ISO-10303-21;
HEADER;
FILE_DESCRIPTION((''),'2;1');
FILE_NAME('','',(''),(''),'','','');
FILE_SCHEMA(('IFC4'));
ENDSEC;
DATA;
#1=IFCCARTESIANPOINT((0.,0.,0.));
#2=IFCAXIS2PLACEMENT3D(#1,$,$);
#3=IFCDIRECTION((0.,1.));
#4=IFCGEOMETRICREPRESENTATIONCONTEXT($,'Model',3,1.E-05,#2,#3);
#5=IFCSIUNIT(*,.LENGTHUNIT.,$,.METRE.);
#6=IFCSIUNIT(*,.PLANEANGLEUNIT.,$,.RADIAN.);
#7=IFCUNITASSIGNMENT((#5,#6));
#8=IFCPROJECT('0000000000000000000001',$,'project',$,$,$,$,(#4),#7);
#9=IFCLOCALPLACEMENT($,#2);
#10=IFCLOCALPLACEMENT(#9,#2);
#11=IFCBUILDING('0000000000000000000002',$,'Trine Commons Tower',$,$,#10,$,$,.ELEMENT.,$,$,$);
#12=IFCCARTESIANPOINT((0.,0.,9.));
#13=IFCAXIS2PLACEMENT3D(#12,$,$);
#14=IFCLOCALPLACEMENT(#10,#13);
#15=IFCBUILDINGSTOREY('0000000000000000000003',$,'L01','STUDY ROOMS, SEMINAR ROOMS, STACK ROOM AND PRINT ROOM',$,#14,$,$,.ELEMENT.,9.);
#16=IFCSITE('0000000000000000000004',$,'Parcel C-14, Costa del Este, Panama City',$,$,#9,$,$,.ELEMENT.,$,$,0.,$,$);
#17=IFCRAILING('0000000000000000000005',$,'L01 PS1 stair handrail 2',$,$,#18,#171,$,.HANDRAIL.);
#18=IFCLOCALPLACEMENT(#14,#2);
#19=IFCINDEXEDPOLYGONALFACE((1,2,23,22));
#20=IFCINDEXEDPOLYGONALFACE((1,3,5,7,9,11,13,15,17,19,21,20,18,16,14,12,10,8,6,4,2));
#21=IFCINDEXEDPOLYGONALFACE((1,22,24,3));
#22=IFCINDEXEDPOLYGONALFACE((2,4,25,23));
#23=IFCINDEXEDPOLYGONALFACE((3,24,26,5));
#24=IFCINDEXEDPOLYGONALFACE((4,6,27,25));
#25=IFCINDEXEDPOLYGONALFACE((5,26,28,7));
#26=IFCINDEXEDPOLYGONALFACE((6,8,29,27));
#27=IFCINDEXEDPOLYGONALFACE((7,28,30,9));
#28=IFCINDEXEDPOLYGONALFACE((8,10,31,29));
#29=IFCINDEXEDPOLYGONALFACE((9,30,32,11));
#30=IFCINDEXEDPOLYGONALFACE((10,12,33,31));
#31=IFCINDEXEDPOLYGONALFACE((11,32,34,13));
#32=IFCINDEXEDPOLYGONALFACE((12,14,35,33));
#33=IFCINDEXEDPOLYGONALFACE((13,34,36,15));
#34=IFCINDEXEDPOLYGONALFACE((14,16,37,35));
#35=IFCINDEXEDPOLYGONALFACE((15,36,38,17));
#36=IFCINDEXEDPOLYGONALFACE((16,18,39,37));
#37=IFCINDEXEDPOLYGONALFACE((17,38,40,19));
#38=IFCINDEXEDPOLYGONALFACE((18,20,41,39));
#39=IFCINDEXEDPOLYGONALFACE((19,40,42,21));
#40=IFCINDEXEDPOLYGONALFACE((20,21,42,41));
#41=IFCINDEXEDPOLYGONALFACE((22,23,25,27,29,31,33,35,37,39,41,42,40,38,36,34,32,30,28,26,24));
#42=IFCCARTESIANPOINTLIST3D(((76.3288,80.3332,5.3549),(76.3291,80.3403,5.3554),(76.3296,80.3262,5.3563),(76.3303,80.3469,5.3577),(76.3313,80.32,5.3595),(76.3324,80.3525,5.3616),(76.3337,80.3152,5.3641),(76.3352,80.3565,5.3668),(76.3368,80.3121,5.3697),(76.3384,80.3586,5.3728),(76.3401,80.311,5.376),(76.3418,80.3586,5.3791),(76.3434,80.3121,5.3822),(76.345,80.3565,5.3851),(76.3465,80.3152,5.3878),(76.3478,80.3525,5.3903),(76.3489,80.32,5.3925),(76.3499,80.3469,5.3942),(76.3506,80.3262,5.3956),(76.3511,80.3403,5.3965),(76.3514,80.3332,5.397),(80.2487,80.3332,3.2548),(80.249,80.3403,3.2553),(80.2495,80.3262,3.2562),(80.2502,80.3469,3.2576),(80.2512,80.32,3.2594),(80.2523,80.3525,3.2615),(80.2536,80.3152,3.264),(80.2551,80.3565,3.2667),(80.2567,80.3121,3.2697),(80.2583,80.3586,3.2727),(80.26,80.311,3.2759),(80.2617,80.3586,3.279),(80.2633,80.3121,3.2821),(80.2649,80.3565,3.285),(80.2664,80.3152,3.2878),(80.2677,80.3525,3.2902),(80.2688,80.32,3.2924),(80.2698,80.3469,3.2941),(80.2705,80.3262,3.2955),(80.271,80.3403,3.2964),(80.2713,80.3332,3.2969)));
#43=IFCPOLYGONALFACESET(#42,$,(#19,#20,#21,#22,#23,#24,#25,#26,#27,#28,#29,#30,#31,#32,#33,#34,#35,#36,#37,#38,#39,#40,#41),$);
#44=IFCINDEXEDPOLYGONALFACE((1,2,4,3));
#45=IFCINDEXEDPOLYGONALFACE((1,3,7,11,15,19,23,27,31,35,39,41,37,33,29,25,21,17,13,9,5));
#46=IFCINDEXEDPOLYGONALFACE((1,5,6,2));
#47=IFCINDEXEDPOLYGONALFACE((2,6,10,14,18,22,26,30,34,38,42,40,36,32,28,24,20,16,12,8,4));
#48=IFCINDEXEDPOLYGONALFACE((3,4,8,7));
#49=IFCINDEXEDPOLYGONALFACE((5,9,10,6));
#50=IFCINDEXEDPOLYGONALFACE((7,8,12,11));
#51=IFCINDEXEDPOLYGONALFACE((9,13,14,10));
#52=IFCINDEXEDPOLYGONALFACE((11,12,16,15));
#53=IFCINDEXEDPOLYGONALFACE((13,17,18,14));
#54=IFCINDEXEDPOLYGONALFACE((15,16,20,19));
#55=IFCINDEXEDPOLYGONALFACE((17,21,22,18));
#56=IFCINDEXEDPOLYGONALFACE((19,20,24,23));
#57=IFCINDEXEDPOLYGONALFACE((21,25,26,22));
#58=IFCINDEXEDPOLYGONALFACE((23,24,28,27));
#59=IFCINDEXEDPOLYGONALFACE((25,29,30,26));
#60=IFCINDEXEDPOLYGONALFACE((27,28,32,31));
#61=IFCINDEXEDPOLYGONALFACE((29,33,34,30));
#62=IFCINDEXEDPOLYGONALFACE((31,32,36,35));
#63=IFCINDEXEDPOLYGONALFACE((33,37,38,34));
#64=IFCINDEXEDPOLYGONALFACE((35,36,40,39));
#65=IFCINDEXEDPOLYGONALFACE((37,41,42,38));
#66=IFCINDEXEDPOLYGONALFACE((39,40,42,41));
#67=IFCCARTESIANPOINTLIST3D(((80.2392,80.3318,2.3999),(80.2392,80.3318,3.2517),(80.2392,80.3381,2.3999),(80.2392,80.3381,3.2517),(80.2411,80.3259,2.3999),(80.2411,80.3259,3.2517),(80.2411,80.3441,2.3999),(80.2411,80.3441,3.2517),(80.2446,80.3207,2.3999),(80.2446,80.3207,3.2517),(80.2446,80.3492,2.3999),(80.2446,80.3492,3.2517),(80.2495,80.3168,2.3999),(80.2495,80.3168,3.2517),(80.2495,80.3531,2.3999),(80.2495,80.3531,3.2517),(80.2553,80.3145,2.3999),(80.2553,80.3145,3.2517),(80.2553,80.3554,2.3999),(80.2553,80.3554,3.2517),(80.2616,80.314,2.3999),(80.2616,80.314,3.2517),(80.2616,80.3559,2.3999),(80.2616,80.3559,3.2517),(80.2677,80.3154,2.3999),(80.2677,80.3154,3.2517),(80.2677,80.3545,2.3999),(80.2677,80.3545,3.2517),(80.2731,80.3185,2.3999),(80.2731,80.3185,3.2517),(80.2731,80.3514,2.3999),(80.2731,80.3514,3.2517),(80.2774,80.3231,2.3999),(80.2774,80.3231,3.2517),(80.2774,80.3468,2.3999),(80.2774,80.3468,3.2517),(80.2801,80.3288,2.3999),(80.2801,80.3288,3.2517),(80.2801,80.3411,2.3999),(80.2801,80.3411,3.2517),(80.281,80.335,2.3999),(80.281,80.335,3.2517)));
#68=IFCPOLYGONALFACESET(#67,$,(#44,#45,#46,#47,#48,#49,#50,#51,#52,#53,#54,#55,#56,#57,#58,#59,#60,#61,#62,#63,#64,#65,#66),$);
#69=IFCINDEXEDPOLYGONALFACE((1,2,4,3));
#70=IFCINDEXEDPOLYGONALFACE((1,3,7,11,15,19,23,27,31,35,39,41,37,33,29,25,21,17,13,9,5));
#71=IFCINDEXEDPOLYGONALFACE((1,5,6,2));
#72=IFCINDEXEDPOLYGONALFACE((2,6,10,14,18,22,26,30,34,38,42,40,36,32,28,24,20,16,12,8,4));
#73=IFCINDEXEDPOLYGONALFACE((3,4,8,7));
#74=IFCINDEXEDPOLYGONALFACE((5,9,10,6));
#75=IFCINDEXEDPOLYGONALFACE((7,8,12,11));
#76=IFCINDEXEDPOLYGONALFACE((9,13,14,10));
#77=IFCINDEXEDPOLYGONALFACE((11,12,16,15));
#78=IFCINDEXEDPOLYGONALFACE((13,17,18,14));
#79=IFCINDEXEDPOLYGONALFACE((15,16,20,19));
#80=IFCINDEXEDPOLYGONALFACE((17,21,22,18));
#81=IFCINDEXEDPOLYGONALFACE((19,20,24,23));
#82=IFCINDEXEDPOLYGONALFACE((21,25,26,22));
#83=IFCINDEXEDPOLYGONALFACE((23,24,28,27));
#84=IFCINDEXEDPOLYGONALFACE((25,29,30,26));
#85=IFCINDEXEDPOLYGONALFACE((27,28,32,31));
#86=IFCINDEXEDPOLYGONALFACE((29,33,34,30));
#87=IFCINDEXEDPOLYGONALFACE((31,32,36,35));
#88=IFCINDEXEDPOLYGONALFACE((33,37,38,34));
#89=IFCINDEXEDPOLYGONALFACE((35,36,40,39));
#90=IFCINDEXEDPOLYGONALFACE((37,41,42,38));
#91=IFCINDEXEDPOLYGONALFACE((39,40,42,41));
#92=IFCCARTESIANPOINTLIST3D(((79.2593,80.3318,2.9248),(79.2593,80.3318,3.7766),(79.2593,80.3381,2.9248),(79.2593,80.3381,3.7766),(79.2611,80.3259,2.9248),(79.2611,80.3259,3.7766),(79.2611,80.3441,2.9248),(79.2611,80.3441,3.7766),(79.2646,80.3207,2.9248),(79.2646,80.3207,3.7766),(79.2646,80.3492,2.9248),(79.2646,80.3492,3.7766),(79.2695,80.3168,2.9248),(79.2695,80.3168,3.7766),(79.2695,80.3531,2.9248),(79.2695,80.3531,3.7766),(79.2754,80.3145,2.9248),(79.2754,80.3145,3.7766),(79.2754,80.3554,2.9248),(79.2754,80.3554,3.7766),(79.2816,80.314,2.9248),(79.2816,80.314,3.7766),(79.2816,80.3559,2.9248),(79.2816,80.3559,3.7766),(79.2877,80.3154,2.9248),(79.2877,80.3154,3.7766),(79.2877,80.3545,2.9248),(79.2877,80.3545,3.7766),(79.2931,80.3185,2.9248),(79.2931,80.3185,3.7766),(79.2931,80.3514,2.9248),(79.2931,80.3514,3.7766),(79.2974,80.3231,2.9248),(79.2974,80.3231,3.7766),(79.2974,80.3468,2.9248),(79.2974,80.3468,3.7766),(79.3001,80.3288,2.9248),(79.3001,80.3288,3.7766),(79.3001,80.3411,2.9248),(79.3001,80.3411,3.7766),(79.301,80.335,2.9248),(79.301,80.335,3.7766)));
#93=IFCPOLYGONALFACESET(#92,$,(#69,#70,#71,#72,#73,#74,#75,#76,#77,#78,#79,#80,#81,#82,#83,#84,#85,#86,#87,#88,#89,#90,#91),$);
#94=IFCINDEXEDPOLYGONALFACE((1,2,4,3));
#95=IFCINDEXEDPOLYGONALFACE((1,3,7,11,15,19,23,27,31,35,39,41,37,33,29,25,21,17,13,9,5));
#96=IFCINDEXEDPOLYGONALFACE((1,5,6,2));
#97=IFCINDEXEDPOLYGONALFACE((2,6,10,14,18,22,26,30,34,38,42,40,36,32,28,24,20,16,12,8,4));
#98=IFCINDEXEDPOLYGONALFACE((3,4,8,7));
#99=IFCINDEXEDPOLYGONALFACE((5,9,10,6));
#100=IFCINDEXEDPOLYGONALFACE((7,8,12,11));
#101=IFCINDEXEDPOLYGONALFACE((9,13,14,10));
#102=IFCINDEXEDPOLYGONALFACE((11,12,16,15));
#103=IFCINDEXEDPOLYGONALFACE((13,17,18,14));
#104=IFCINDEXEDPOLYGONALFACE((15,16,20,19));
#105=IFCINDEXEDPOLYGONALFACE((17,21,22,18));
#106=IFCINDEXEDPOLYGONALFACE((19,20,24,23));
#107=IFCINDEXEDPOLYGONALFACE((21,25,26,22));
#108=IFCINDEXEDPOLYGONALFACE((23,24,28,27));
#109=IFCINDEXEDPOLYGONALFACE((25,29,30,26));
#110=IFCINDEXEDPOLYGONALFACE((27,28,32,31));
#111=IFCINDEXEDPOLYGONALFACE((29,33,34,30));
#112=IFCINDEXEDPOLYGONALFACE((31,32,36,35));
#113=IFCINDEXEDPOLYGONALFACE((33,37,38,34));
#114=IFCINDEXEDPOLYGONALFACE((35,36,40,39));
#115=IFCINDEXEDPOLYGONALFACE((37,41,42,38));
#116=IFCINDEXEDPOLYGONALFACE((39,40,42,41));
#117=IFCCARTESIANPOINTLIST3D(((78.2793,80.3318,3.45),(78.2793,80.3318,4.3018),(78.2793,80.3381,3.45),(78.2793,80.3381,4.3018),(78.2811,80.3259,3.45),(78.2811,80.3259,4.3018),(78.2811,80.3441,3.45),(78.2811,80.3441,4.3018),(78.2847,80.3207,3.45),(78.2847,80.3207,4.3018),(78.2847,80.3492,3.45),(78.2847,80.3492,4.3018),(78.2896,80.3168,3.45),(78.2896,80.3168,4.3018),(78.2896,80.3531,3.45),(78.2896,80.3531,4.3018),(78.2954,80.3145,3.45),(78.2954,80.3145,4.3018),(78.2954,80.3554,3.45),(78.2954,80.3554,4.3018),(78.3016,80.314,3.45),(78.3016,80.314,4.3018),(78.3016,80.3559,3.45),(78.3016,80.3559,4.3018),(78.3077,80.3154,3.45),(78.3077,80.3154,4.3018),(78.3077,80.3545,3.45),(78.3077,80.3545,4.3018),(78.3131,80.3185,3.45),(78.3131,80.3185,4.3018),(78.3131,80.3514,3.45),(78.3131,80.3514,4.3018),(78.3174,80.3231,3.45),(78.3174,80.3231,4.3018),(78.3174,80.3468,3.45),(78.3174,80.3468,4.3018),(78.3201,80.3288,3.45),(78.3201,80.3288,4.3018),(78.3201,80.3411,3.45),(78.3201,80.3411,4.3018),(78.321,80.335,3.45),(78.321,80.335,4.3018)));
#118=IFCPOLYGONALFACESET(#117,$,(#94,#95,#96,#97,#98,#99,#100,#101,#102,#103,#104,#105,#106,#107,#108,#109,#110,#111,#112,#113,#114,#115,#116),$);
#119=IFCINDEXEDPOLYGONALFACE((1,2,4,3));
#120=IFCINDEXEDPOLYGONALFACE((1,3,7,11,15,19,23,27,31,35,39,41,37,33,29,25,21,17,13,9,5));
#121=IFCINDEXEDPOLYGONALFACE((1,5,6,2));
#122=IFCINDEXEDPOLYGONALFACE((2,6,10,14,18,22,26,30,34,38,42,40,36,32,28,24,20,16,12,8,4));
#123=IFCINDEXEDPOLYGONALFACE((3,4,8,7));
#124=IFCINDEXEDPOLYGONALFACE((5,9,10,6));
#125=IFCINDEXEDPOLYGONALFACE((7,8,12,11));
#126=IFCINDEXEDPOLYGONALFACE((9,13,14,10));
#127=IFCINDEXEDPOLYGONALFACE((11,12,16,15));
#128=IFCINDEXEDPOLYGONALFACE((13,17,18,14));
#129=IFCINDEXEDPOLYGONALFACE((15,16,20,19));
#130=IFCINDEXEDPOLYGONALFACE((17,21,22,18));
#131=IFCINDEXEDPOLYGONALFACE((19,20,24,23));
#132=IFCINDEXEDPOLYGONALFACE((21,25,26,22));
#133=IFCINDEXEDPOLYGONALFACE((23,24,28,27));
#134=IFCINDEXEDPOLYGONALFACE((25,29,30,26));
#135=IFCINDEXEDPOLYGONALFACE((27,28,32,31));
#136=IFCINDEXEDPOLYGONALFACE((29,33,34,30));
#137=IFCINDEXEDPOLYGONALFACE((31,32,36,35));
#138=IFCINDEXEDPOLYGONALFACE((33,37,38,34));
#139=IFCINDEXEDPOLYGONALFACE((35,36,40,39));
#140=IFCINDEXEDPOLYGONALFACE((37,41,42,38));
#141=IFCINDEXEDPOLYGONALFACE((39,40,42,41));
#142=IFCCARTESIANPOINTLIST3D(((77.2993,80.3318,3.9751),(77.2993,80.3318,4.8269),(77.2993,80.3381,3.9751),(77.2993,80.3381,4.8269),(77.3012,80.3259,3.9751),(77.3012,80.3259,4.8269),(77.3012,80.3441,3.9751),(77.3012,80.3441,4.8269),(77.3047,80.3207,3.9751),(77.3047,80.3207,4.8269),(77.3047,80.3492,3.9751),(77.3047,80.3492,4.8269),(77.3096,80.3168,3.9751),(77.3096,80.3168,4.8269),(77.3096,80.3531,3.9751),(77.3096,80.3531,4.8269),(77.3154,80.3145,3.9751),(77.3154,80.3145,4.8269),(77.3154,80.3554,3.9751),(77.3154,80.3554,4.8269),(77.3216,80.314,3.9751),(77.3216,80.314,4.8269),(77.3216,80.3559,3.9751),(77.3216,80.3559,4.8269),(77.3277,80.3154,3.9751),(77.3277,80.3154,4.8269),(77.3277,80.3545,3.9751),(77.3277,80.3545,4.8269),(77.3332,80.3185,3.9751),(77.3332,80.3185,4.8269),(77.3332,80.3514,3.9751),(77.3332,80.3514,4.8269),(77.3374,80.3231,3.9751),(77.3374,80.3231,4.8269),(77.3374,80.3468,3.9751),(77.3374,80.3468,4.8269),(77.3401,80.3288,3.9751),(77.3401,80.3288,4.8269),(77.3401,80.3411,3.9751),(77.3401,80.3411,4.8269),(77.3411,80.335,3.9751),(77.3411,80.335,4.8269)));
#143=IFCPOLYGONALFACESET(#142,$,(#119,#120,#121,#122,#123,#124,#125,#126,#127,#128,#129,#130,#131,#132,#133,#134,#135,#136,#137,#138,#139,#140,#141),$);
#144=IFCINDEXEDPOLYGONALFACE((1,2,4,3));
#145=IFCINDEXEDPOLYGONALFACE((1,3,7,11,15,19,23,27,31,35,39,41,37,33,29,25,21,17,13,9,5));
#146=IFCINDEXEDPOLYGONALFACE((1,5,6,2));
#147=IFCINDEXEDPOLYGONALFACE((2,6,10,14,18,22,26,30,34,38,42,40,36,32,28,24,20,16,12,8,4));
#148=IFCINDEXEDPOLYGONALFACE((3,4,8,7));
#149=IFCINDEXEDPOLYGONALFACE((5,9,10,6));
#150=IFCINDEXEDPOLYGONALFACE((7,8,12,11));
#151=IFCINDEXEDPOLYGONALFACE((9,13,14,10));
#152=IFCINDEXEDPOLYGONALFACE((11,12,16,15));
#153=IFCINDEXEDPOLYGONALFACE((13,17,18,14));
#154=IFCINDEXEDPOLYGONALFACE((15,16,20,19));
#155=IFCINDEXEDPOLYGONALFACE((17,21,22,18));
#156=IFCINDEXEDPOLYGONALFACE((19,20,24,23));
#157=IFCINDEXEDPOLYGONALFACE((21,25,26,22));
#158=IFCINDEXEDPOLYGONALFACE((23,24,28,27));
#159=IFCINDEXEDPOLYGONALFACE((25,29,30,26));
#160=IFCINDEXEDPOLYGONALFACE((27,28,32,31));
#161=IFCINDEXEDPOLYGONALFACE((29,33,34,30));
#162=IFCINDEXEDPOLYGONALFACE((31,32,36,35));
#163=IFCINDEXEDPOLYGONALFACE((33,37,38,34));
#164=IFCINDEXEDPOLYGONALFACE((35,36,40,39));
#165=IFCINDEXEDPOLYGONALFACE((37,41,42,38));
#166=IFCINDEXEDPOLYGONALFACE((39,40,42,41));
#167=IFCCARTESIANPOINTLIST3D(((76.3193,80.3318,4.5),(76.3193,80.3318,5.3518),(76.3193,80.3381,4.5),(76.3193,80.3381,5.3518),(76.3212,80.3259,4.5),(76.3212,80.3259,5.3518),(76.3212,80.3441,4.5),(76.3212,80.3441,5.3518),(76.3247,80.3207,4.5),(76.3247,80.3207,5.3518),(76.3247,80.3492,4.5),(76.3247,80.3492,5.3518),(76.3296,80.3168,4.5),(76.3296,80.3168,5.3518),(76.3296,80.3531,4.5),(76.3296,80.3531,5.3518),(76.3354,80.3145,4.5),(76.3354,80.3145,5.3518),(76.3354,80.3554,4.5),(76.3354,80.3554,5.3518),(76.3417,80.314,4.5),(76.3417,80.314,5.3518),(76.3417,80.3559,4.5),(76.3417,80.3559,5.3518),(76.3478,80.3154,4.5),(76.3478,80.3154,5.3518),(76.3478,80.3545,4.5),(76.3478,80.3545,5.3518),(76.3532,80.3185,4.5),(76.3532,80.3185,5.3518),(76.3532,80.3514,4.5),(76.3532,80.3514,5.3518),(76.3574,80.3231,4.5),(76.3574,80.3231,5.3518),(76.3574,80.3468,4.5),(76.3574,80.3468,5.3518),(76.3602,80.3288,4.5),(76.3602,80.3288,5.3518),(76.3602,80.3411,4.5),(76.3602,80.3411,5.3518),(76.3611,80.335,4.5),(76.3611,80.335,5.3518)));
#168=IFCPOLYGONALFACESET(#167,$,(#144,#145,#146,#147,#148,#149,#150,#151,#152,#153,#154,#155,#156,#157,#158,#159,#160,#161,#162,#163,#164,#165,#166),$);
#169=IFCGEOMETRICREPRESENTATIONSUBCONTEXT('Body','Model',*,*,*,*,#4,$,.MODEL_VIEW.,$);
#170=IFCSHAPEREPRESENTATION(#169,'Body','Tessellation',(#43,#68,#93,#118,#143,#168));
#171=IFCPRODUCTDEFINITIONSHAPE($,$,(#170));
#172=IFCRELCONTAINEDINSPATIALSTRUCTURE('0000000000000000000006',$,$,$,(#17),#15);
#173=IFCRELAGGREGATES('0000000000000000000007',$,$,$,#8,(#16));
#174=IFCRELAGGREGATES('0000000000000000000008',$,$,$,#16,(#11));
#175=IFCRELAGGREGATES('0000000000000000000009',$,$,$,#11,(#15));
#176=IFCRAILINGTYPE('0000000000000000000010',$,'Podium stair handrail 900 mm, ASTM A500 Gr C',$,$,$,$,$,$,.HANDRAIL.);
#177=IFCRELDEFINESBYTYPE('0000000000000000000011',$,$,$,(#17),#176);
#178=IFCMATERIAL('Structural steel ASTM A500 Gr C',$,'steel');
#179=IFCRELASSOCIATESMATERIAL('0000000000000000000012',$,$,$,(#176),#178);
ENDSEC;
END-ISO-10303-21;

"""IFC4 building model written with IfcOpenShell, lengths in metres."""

from ifc_helpers import new_model, si_unit, direction, frame, origin, origin_2d, place, context, subcontext, project, spatial, circle, extrude, material, type_object, element, save


model = new_model("IFC4")

# Units and contexts
model_context = context("Model", 3, precision=1e-05, world=origin(), true_north=direction((0.0, 1.0)))
body_context = subcontext(model_context, "Body", "Model", "MODEL_VIEW")
ifc_project = project(units=[si_unit("LENGTHUNIT", "METRE"), si_unit("PLANEANGLEUNIT", "RADIAN")], contexts=[model_context])

# Site, building, storey
site_placement = place(None, origin())
site = spatial("IfcSite", under=ifc_project, at=site_placement, Name="Parcel C-14, Costa del Este, Panama City", CompositionType="ELEMENT", RefElevation=0.0)
building_placement = place(site_placement, origin())
building = spatial("IfcBuilding", under=site, at=building_placement, Name="Trine Commons Tower", CompositionType="ELEMENT")
storey_placement = place(building_placement, frame((0.0, 0.0, 9.0)))
storey = spatial("IfcBuildingStorey", under=building, at=storey_placement, Name="L01", Description="STUDY ROOMS, SEMINAR ROOMS, STACK ROOM AND PRINT ROOM", CompositionType="ELEMENT", Elevation=9.0)

# Railing
ifc_material_1 = material(Name="Structural steel ASTM A500 Gr C", Category="steel")
railing_type_1 = type_object("IfcRailingType", Name="Podium stair handrail 900 mm, ASTM A500 Gr C", PredefinedType="HANDRAIL", material=ifc_material_1)
railing_1_placement = place(storey_placement, frame((80.26, 80.335, 2.3999)))
element("IfcRailing", 1, at=railing_1_placement, inside=storey, type_object=railing_type_1, Name="L01 PS1 stair handrail 2", PredefinedType="HANDRAIL", context=body_context, shape_type="SweptSolid", body=[
    extrude(circle(Radius=0.0239, at=origin_2d()), frame((0.0, 0.0, 0.876), z_axis=(-0.881467, 0.0, 0.472246), x_axis=(0.0, -1.0, 0.0)), (0.0, 0.0, 1.0), 4.447),
    extrude(circle(Radius=0.021, at=origin_2d()), origin(), (0.0, 0.0, 1.0), 0.8518),
    extrude(circle(Radius=0.021, at=origin_2d()), frame((-0.98, 0.0, 0.5249)), (0.0, 0.0, 1.0), 0.8518),
    extrude(circle(Radius=0.021, at=origin_2d()), frame((-1.96, 0.0, 1.05)), (0.0, 0.0, 1.0), 0.8518),
    extrude(circle(Radius=0.021, at=origin_2d()), frame((-2.9399, 0.0, 1.5752)), (0.0, 0.0, 1.0), 0.8518),
    extrude(circle(Radius=0.021, at=origin_2d()), frame((-3.9199, 0.0, 2.1001)), (0.0, 0.0, 1.0), 0.8518),
])

save(model, "model.ifc")
